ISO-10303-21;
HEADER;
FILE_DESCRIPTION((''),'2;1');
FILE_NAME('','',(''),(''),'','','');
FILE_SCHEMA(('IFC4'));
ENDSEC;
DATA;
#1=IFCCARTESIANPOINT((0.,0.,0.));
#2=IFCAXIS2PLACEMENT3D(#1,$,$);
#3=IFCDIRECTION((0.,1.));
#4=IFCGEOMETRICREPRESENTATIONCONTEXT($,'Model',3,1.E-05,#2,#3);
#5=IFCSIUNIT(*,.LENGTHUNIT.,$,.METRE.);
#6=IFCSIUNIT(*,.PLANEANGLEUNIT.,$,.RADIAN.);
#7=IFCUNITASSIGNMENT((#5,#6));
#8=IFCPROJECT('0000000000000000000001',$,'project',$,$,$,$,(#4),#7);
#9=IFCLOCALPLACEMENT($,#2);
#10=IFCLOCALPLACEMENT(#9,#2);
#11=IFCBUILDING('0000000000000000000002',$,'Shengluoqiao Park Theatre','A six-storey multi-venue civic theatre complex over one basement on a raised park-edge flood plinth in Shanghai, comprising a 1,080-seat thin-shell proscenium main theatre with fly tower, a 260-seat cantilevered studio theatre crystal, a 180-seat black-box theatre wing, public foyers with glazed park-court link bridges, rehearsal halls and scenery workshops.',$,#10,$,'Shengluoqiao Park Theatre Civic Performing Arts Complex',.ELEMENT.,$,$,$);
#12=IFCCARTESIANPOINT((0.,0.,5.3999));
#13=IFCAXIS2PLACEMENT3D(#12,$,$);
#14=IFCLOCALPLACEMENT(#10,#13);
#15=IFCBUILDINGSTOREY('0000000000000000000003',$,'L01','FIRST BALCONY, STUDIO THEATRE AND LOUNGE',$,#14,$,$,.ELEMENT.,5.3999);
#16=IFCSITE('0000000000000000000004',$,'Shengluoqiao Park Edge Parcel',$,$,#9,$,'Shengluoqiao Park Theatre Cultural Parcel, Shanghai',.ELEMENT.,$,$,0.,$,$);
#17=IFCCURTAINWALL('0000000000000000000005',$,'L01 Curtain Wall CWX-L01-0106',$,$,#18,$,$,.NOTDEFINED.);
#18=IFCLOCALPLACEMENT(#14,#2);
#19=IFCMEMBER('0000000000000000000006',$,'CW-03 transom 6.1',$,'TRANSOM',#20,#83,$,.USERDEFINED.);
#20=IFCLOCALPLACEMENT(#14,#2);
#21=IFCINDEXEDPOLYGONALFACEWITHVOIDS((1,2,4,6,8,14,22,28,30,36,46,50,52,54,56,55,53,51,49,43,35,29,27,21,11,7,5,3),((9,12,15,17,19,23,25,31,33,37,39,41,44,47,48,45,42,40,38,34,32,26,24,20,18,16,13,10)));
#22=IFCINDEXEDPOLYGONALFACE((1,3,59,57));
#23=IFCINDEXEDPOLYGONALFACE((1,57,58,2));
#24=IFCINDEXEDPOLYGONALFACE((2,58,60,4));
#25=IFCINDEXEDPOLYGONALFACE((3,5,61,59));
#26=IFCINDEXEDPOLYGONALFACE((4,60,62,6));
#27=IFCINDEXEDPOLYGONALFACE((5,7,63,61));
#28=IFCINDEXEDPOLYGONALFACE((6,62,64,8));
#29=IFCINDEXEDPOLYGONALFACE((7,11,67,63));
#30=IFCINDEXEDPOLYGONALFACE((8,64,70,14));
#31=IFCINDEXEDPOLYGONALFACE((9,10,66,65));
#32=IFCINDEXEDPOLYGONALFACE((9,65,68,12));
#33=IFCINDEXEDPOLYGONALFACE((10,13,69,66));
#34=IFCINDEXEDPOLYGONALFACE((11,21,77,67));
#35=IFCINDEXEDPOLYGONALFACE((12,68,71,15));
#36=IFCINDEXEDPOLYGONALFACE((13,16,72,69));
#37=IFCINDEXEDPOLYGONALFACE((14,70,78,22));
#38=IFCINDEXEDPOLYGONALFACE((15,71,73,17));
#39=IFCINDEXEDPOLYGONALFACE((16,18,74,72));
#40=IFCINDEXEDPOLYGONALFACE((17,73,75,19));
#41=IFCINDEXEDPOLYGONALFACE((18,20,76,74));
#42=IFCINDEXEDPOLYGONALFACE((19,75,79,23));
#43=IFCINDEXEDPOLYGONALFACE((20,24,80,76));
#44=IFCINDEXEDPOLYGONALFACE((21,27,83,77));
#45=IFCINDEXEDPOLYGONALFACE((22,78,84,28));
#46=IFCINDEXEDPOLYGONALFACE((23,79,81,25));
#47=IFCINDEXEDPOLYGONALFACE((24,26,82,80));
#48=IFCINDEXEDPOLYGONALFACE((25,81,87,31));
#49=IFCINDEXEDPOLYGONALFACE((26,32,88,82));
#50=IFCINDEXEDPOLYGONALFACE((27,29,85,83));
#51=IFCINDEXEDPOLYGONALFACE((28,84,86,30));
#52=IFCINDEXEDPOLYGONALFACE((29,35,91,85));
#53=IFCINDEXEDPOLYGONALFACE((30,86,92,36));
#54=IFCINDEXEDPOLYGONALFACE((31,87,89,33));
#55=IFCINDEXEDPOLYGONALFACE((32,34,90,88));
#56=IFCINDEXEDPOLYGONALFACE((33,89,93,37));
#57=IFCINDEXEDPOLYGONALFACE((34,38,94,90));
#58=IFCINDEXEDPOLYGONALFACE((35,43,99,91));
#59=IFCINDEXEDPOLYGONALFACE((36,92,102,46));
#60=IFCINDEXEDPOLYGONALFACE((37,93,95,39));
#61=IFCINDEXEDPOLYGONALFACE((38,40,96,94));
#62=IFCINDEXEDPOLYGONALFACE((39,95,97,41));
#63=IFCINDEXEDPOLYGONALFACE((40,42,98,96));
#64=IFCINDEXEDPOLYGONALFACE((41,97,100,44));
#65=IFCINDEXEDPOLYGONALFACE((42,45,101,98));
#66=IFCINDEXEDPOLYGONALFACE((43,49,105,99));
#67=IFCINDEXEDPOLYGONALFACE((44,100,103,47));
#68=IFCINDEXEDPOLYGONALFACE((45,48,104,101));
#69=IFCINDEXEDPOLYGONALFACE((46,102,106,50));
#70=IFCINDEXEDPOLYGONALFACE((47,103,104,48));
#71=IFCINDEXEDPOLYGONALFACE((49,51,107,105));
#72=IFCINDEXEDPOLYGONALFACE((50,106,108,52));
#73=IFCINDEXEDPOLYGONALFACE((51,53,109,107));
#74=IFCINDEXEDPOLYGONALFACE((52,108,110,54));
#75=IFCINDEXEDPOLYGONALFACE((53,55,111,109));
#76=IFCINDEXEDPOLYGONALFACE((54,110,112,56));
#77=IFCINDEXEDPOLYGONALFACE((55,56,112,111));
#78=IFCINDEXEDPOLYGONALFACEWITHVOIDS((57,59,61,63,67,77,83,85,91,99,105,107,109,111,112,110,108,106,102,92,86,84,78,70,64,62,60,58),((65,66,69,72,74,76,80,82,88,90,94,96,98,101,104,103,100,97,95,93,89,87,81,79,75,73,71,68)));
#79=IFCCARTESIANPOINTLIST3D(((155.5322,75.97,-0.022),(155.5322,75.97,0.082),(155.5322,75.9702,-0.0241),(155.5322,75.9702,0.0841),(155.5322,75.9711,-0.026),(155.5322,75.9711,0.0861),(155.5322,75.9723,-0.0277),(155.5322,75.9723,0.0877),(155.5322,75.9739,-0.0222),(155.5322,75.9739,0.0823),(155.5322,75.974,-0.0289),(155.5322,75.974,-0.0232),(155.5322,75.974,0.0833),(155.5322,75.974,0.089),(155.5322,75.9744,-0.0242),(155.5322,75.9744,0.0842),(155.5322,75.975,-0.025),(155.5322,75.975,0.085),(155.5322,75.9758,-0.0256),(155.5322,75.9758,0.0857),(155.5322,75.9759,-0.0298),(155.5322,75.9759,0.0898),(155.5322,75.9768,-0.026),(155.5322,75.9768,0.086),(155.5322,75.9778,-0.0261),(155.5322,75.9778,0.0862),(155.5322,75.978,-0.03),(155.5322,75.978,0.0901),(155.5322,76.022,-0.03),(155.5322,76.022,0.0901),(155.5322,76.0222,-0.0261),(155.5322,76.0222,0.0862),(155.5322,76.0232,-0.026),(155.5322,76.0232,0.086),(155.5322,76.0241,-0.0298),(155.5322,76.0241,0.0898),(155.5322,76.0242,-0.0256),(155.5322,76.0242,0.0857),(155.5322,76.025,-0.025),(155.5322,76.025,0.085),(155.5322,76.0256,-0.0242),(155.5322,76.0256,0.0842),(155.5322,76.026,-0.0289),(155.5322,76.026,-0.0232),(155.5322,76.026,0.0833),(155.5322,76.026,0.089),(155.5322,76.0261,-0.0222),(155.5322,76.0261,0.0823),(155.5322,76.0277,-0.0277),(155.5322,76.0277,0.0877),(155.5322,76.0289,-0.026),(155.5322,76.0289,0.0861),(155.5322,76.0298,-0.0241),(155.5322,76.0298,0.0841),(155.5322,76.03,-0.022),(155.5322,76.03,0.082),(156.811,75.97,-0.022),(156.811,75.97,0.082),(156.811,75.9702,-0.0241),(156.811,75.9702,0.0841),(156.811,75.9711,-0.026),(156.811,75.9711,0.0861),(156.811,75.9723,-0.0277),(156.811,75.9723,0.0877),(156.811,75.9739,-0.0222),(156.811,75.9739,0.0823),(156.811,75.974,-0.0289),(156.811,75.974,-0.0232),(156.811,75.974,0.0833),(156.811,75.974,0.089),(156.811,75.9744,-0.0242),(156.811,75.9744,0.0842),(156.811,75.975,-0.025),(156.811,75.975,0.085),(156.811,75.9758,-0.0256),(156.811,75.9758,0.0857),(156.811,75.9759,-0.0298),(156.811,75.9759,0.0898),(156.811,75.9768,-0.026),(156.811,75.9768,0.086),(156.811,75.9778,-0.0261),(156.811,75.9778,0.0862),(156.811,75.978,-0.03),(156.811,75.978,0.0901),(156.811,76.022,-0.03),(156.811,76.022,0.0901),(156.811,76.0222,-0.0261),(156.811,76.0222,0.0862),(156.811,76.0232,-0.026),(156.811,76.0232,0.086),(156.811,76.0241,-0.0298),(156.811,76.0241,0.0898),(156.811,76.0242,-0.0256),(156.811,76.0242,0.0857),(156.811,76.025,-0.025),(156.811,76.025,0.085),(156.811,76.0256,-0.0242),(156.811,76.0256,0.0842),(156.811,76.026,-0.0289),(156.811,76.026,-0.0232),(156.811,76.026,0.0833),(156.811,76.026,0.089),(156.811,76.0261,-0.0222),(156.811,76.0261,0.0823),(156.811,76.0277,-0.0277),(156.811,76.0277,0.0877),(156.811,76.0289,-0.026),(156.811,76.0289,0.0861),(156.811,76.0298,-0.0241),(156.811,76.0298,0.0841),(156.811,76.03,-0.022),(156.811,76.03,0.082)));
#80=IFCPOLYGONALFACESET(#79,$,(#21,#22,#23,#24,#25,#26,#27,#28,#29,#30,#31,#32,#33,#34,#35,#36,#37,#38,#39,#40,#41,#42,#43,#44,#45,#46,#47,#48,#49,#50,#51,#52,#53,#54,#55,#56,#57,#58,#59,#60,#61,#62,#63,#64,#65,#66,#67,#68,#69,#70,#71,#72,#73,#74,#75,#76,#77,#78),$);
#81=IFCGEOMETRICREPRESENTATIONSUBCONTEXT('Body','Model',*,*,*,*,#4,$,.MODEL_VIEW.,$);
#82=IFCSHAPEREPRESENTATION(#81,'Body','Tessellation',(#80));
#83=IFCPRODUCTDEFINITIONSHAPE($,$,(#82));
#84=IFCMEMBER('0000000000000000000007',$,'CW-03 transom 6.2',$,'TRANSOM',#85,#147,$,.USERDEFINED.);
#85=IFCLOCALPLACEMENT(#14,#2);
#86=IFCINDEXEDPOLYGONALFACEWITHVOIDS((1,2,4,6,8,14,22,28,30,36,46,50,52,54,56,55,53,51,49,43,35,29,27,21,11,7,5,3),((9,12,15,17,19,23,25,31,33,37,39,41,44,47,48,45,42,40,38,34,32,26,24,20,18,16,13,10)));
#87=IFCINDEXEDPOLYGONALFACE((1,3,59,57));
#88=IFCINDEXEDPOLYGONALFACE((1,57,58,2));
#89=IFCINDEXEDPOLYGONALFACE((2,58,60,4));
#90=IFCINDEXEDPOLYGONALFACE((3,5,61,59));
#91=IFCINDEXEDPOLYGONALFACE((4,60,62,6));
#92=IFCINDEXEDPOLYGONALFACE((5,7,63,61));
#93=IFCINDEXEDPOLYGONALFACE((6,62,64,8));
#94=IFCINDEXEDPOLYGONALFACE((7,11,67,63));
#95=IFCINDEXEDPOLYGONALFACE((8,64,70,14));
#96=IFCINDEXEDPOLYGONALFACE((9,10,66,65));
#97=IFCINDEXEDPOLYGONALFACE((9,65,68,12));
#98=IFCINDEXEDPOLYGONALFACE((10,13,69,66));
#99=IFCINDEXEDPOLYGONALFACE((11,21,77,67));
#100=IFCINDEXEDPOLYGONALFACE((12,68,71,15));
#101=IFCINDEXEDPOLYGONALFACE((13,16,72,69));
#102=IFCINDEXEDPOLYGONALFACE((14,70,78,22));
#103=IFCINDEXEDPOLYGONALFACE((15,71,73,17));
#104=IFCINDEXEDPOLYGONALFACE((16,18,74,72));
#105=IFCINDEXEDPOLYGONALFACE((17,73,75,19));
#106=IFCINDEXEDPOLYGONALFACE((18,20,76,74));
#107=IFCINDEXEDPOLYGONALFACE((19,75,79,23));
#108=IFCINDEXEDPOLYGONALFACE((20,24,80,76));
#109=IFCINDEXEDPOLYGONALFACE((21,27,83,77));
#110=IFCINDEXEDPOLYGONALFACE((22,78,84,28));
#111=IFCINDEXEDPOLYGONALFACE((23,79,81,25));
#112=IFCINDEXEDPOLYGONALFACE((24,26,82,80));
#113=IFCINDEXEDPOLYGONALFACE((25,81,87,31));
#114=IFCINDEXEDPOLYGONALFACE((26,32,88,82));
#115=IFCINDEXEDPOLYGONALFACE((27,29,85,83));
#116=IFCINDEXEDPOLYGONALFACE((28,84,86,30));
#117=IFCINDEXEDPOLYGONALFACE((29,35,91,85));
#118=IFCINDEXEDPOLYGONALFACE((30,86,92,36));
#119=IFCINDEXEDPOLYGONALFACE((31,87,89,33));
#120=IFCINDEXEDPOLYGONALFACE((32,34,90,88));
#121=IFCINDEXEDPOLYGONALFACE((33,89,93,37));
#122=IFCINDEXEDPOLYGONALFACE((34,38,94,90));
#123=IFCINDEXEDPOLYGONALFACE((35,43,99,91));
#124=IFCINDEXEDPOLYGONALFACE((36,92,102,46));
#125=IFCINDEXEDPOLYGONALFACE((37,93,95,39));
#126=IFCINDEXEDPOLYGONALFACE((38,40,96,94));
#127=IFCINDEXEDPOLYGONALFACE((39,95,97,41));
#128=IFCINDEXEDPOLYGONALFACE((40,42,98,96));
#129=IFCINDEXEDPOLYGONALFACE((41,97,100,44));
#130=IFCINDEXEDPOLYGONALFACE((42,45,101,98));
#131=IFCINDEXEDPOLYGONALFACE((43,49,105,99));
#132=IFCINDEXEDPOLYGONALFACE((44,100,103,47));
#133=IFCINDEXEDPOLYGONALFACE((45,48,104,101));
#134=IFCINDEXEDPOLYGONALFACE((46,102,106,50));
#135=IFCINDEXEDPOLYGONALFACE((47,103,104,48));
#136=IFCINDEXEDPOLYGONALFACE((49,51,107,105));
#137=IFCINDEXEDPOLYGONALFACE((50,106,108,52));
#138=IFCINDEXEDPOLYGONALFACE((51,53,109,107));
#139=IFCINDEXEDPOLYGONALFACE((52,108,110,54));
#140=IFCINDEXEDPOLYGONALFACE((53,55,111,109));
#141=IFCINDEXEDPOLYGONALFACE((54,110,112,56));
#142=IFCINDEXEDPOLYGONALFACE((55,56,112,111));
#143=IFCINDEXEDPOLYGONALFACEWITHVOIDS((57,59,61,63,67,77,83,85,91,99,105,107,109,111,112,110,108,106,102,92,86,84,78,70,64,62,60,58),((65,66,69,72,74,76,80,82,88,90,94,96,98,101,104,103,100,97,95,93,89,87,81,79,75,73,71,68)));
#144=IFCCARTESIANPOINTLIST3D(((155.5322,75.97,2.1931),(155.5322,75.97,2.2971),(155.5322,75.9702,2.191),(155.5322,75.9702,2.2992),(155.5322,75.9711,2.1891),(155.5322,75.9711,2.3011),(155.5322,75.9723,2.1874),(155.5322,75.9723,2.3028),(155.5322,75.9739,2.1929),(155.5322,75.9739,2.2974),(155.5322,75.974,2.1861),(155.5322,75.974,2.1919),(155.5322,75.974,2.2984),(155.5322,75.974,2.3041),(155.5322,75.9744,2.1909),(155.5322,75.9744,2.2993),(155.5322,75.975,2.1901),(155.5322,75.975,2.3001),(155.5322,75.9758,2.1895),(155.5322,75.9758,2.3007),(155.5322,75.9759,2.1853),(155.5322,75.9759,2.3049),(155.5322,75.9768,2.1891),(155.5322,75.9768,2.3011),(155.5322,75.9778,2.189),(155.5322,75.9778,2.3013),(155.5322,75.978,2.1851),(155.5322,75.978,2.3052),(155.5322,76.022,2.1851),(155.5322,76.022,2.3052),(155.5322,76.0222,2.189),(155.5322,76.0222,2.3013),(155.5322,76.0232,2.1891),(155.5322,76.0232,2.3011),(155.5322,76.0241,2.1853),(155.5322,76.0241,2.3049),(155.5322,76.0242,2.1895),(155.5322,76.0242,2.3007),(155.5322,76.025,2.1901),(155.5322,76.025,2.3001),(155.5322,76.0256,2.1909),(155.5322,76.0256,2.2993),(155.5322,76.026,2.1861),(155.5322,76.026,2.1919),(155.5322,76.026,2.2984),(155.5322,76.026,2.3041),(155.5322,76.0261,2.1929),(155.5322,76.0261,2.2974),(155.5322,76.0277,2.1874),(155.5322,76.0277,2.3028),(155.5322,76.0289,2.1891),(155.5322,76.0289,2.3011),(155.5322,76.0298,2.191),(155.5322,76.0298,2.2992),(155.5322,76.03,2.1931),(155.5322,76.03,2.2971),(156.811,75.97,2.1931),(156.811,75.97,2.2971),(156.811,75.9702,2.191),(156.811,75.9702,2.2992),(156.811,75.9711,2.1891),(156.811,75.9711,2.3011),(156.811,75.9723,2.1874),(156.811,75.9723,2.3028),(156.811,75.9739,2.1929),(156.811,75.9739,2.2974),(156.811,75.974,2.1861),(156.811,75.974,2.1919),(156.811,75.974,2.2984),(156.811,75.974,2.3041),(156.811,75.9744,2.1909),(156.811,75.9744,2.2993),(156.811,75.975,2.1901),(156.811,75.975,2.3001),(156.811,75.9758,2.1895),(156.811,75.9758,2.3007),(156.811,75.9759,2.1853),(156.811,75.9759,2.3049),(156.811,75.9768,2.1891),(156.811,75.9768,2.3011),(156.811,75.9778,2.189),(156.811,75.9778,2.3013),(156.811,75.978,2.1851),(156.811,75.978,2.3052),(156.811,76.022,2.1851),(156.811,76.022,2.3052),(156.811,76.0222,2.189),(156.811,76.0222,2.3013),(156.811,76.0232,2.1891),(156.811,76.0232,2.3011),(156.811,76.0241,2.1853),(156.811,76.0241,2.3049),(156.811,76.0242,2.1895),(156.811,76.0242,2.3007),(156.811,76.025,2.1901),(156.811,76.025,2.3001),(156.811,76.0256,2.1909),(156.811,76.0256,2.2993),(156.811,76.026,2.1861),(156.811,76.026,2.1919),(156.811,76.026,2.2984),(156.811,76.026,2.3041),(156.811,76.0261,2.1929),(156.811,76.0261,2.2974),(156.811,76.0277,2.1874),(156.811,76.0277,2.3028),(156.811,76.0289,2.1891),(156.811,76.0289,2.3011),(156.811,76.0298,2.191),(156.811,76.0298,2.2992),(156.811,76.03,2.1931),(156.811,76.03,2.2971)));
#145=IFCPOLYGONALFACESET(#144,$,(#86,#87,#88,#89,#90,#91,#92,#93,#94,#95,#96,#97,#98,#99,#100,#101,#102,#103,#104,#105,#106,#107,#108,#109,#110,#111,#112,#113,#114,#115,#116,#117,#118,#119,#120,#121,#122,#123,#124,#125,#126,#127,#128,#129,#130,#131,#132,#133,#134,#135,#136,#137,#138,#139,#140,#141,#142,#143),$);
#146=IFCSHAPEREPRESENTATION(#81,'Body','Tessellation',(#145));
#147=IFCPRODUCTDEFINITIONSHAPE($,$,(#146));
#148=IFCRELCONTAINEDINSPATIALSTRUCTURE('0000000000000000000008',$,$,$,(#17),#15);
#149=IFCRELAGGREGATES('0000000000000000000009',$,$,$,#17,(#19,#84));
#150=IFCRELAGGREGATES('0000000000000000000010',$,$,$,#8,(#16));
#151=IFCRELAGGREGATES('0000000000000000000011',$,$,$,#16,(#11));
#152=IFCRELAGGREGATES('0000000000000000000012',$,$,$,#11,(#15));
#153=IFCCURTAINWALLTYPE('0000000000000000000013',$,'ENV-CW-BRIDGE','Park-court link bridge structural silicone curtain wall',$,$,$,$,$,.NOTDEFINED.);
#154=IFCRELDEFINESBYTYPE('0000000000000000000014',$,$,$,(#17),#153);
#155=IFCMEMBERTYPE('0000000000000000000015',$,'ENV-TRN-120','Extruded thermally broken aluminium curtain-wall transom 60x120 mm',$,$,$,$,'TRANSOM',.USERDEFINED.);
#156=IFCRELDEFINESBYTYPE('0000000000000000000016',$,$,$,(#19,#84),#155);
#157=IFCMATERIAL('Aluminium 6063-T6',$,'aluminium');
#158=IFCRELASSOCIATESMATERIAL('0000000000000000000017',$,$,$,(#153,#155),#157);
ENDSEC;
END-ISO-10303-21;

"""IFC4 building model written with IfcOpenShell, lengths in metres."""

from ifc_helpers import new_model, si_unit, direction, frame, origin, origin_2d, place, context, subcontext, project, spatial, hollow_rectangle, extrude, material, material_profile, profile_set, type_object, element, aggregate, save


model = new_model("IFC4")

# Units and contexts
model_context = context("Model", 3, precision=1e-05, world=origin(), true_north=direction((0.0, 1.0)))
body_context = subcontext(model_context, "Body", "Model", "MODEL_VIEW")
ifc_project = project(units=[si_unit("LENGTHUNIT", "METRE"), si_unit("PLANEANGLEUNIT", "RADIAN")], contexts=[model_context])

# Site, building, storey
site_placement = place(None, origin())
site = spatial("IfcSite", under=ifc_project, at=site_placement, Name="Shengluoqiao Park Edge Parcel", LongName="Shengluoqiao Park Theatre Cultural Parcel, Shanghai", CompositionType="ELEMENT", RefElevation=0.0)
building_placement = place(site_placement, origin())
building = spatial("IfcBuilding", under=site, at=building_placement, Name="Shengluoqiao Park Theatre", Description="A six-storey multi-venue civic theatre complex over one basement on a raised park-edge flood plinth in Shanghai, comprising a 1,080-seat thin-shell proscenium main theatre with fly tower, a 260-seat cantilevered studio theatre crystal, a 180-seat black-box theatre wing, public foyers with glazed park-court link bridges, rehearsal halls and scenery workshops.", LongName="Shengluoqiao Park Theatre Civic Performing Arts Complex", CompositionType="ELEMENT")
storey_placement = place(building_placement, frame((0.0, 0.0, 5.3999)))
storey = spatial("IfcBuildingStorey", under=building, at=storey_placement, Name="L01", Description="FIRST BALCONY, STUDIO THEATRE AND LOUNGE", CompositionType="ELEMENT", Elevation=5.3999)

# Curtain wall
ifc_material_1 = material(Name="Aluminium 6063-T6", Category="aluminium")
curtain_wall_type_1 = type_object("IfcCurtainWallType", Name="ENV-CW-BRIDGE", Description="Park-court link bridge structural silicone curtain wall", PredefinedType="NOTDEFINED", material=ifc_material_1)
curtain_wall_1_placement = place(storey_placement, origin())
curtain_wall_1 = element("IfcCurtainWall", 1, at=curtain_wall_1_placement, inside=storey, type_object=curtain_wall_type_1, Name="L01 Curtain Wall CWX-L01-0106", PredefinedType="NOTDEFINED")

# Members
ifc_material_profile_1 = material_profile(ifc_material_1, hollow_rectangle(XDim=0.0601, YDim=0.1201, WallThickness=0.0039, InnerFilletRadius=0.0039, OuterFilletRadius=0.0081, at=origin_2d()), Name="ALU TRANSOM 120x60x4")
ifc_profile_set_1 = profile_set([ifc_material_profile_1], Name="Aluminium 6063-T6")
member_type_1 = type_object("IfcMemberType", Name="ENV-TRN-120", Description="Extruded thermally broken aluminium curtain-wall transom 60x120 mm", ElementType="TRANSOM", PredefinedType="USERDEFINED", material=ifc_profile_set_1)
member_1_placement = place(storey_placement, frame((155.5322, 76.0, 0.03), z_axis=(1.0, 0.0, 0.0), x_axis=(0.0, 1.0, 0.0)))
member_1 = element("IfcMember", 2, at=member_1_placement, type_object=member_type_1, Name="CW-03 transom 6.1", ObjectType="TRANSOM", PredefinedType="USERDEFINED", context=body_context, shape_type="SweptSolid", body=[
    extrude(hollow_rectangle(XDim=0.0601, YDim=0.1201, WallThickness=0.0039, InnerFilletRadius=0.0039, OuterFilletRadius=0.0081, at=origin_2d()), origin(), (0.0, 0.0, 1.0), 1.2788),
])
member_2_placement = place(storey_placement, frame((155.5322, 76.0, 2.2451), z_axis=(1.0, 0.0, 0.0), x_axis=(0.0, 1.0, 0.0)))
member_2 = element("IfcMember", 3, at=member_2_placement, type_object=member_type_1, Name="CW-03 transom 6.2", ObjectType="TRANSOM", PredefinedType="USERDEFINED", context=body_context, shape_type="SweptSolid", body=[
    extrude(hollow_rectangle(XDim=0.0601, YDim=0.1201, WallThickness=0.0039, InnerFilletRadius=0.0039, OuterFilletRadius=0.0081, at=origin_2d()), origin(), (0.0, 0.0, 1.0), 1.2788),
])

aggregate(curtain_wall_1, [member_1, member_2])

save(model, "model.ifc")
